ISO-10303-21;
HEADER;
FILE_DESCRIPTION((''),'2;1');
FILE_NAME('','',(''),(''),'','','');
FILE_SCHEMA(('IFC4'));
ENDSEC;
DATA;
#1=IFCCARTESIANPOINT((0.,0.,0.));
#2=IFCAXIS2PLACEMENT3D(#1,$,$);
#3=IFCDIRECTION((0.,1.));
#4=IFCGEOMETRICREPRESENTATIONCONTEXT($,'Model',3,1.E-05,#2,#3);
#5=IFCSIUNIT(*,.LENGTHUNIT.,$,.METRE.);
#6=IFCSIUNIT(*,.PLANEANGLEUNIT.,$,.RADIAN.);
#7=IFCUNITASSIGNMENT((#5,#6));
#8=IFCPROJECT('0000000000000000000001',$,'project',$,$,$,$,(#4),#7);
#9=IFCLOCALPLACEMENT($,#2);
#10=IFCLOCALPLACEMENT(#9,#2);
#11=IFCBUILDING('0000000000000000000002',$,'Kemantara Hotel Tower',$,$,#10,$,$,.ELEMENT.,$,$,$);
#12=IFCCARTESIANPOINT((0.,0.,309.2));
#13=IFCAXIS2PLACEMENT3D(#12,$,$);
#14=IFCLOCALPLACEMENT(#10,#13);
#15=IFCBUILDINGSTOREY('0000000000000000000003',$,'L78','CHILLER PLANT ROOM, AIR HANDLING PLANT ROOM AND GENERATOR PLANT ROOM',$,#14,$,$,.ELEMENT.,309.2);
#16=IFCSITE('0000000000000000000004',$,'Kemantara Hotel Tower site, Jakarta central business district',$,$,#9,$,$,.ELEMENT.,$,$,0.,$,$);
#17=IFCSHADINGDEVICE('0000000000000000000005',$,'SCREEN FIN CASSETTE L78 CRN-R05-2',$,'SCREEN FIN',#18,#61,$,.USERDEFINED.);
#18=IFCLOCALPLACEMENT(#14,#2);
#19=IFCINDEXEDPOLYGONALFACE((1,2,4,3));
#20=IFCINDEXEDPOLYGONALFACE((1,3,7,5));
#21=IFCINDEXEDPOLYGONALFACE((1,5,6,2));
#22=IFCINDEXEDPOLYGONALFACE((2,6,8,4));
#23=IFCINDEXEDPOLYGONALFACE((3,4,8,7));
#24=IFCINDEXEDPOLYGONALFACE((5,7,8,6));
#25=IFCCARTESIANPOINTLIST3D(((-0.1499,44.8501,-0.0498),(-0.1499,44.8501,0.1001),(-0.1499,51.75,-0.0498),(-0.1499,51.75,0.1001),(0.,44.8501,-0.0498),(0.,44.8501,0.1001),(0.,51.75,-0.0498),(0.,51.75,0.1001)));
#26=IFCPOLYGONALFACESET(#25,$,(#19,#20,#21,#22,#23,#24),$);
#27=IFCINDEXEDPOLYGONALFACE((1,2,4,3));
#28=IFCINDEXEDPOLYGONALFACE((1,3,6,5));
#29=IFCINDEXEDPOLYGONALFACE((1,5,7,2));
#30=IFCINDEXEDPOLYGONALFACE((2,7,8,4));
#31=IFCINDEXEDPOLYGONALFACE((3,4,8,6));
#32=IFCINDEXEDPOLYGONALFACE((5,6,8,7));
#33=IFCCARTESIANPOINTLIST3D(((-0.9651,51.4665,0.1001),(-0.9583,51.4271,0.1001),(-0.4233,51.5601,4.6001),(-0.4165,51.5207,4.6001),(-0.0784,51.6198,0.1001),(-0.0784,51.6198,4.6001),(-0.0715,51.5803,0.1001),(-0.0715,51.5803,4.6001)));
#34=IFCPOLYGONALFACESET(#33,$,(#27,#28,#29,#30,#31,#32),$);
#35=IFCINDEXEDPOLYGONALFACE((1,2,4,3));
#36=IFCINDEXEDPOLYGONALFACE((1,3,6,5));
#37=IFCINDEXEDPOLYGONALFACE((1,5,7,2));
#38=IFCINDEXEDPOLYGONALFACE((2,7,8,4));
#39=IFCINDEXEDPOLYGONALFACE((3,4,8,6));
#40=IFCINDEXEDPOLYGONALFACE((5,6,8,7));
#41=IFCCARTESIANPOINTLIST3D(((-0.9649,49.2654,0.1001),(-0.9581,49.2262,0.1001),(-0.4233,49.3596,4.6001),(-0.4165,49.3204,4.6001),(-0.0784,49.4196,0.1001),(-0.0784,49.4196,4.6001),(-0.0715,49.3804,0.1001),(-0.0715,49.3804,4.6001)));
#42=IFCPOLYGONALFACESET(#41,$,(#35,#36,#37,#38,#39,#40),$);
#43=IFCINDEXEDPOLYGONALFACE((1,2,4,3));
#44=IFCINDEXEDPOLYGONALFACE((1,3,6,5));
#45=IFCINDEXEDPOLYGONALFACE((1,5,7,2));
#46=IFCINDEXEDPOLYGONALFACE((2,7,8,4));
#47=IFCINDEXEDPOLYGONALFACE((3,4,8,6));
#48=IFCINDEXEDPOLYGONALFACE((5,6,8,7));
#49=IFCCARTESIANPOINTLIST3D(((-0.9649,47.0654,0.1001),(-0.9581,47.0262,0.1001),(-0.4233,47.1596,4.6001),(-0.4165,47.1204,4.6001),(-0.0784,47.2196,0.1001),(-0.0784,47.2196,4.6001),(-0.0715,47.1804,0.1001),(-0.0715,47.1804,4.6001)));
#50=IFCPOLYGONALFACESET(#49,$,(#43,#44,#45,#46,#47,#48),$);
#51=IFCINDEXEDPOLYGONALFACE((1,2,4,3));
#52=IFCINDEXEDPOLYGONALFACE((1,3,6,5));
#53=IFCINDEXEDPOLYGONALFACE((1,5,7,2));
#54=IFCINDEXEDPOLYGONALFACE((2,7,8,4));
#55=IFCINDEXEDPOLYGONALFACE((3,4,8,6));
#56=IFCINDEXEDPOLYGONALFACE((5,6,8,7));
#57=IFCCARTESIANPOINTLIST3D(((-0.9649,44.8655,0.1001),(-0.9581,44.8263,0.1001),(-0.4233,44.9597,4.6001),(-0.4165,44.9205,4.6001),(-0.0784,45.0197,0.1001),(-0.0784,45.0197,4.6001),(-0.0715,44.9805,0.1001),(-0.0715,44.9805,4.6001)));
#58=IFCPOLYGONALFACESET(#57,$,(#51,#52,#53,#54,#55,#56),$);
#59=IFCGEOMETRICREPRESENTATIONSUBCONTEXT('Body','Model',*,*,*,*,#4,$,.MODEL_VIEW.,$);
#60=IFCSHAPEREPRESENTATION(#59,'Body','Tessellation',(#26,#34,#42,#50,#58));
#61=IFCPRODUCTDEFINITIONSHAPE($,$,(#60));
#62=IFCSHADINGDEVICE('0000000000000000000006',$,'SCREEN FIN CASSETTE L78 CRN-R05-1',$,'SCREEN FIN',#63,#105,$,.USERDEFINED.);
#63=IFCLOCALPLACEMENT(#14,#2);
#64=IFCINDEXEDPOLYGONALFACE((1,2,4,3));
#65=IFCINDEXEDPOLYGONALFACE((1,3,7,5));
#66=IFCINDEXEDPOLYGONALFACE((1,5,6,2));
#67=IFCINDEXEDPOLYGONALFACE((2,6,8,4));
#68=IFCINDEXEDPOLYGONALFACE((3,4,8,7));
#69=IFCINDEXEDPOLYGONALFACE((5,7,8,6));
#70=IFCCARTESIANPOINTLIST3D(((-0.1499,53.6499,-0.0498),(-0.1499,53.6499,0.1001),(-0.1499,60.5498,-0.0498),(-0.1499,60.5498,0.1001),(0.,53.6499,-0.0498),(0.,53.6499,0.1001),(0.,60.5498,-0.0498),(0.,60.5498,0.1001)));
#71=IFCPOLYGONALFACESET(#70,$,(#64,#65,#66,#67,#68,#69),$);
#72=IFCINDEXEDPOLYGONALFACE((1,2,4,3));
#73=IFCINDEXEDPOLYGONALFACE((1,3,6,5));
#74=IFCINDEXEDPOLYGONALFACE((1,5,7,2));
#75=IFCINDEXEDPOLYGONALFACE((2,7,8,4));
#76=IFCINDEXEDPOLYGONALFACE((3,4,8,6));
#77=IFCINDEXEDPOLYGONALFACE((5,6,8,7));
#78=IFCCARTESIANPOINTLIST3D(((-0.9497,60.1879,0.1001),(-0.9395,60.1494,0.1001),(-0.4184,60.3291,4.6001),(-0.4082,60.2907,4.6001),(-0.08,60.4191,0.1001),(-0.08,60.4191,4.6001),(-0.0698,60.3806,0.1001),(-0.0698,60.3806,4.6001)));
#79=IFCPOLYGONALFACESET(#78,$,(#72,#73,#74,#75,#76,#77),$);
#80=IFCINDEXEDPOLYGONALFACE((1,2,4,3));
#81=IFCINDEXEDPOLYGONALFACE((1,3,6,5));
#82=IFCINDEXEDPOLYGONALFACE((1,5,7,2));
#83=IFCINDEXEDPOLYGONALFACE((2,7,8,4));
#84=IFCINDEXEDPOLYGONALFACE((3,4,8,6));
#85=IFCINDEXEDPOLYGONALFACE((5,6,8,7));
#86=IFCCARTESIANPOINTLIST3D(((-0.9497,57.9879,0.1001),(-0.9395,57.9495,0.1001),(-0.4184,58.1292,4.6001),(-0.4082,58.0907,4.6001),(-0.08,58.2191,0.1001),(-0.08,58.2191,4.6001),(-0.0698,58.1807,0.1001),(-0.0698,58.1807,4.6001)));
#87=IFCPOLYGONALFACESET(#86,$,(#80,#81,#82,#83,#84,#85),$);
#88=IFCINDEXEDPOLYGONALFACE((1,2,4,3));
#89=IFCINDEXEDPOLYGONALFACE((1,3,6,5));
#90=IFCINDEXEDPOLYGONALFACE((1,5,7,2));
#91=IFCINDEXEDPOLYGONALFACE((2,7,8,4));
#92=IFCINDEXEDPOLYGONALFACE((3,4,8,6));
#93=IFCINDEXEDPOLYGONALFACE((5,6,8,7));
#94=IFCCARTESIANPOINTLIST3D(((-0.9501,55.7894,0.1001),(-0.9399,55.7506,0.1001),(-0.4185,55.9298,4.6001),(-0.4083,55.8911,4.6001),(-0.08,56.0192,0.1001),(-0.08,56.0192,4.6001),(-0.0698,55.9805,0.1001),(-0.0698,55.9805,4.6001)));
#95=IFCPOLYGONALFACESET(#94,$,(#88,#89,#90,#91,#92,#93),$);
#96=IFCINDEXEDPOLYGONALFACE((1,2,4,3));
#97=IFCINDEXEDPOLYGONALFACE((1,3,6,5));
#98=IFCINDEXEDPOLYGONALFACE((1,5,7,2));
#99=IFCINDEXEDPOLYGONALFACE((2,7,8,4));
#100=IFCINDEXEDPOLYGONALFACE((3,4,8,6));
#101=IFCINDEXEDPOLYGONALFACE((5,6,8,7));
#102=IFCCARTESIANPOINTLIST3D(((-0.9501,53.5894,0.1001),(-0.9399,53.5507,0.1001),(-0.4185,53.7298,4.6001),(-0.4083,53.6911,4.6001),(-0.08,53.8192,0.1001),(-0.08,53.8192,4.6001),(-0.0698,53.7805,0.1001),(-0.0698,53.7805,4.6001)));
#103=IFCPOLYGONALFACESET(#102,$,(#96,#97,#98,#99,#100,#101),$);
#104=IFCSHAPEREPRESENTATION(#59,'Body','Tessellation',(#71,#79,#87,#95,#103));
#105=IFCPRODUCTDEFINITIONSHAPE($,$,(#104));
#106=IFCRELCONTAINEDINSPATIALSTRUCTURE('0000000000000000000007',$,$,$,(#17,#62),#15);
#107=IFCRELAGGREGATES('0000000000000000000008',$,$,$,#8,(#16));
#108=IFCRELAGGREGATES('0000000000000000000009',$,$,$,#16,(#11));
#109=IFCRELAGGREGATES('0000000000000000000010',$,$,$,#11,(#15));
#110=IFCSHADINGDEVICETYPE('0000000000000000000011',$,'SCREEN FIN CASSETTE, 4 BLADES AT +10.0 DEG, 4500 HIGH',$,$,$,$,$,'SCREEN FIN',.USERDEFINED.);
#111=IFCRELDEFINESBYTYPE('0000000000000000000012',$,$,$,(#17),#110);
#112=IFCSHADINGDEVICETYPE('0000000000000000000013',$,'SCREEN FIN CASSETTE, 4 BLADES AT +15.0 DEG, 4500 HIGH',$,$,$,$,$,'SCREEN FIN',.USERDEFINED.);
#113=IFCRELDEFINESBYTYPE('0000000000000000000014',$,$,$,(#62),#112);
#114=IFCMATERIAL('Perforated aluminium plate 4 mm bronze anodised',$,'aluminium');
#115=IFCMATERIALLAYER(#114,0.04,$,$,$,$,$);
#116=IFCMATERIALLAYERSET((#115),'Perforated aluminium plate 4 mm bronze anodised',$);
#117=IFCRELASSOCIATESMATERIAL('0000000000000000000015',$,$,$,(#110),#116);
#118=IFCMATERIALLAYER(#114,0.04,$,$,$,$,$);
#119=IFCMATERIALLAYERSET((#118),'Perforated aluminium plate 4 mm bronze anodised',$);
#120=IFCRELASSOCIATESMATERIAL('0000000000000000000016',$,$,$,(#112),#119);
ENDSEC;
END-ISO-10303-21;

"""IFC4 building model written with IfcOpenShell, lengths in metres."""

from ifc_helpers import new_model, si_unit, direction, frame, origin, origin_2d, place, context, subcontext, project, spatial, polyline, rectangle, outline, extrude, source, transform, mapped, material, layer, layer_set, type_object, element, save


model = new_model("IFC4")

# Units and contexts
model_context = context("Model", 3, precision=1e-05, world=origin(), true_north=direction((0.0, 1.0)))
body_context = subcontext(model_context, "Body", "Model", "MODEL_VIEW")
ifc_project = project(units=[si_unit("LENGTHUNIT", "METRE"), si_unit("PLANEANGLEUNIT", "RADIAN")], contexts=[model_context])

# Site, building, storey
site_placement = place(None, origin())
site = spatial("IfcSite", under=ifc_project, at=site_placement, Name="Kemantara Hotel Tower site, Jakarta central business district", CompositionType="ELEMENT", RefElevation=0.0)
building_placement = place(site_placement, origin())
building = spatial("IfcBuilding", under=site, at=building_placement, Name="Kemantara Hotel Tower", CompositionType="ELEMENT")
storey_placement = place(building_placement, frame((0.0, 0.0, 309.2)))
storey = spatial("IfcBuildingStorey", under=building, at=storey_placement, Name="L78", Description="CHILLER PLANT ROOM, AIR HANDLING PLANT ROOM AND GENERATOR PLANT ROOM", CompositionType="ELEMENT", Elevation=309.2)

# Shading devices
ifc_material_1 = material(Name="Perforated aluminium plate 4 mm bronze anodised", Category="aluminium")
ifc_layer_1 = layer(ifc_material_1, 0.04)
ifc_layer_set_1 = layer_set([ifc_layer_1], Name="Perforated aluminium plate 4 mm bronze anodised")
shading_device_type_1 = type_object("IfcShadingDeviceType", Name="SCREEN FIN CASSETTE, 4 BLADES AT +10.0 DEG, 4500 HIGH", ElementType="SCREEN FIN", PredefinedType="USERDEFINED", material=ifc_layer_set_1)
shared_shape_1 = source(origin(), body_context, "Body", "SweptSolid", [
    extrude(rectangle(XDim=6.8999, YDim=0.1499, at=origin_2d()), frame((3.3, -0.075, -0.1499), z_axis=(0.0, 0.0, 1.0), x_axis=(1.0, 0.0, 0.0)), (0.0, 0.0, 1.0), 0.1499),
    extrude(outline(polyline([(0.0, 0.0), (0.8999, 0.0), (0.3501, 4.5), (0.0, 4.5), (0.0, 0.0)])), frame((0.0198, -0.0715, 0.0), z_axis=(-0.98539, -0.170314, 0.0), x_axis=(0.170314, -0.98539, 0.0)), (0.0, 0.0, 1.0), 0.04),
    extrude(outline(polyline([(0.0, 0.0), (0.8999, 0.0), (0.3501, 4.5), (0.0, 4.5), (0.0, 0.0)])), frame((2.2197, -0.0715, 0.0), z_axis=(-0.985212, -0.171341, 0.0), x_axis=(0.171341, -0.985212, 0.0)), (0.0, 0.0, 1.0), 0.0398),
    extrude(outline(polyline([(0.0, 0.0), (0.8999, 0.0), (0.3501, 4.5), (0.0, 4.5), (0.0, 0.0)])), frame((4.4197, -0.0715, 0.0), z_axis=(-0.985212, -0.171341, 0.0), x_axis=(0.171341, -0.985212, 0.0)), (0.0, 0.0, 1.0), 0.0398),
    extrude(outline(polyline([(0.0, 0.0), (0.8999, 0.0), (0.3501, 4.5), (0.0, 4.5), (0.0, 0.0)])), frame((6.6196, -0.0715, 0.0), z_axis=(-0.985212, -0.171341, 0.0), x_axis=(0.171341, -0.985212, 0.0)), (0.0, 0.0, 1.0), 0.0398),
])
shading_device_1_placement = place(storey_placement, frame((0.0, 51.6001, 0.1001), z_axis=(0.0, 0.0, 1.0), x_axis=(0.0, -1.0, 0.0)))
element("IfcShadingDevice", 1, at=shading_device_1_placement, inside=storey, type_object=shading_device_type_1, Name="SCREEN FIN CASSETTE L78 CRN-R05-2", ObjectType="SCREEN FIN", PredefinedType="USERDEFINED", context=body_context, shape_type="MappedRepresentation", body=[
    mapped(shared_shape_1, transform((0.0, 0.0, 0.0))),
])
ifc_layer_2 = layer(ifc_material_1, 0.04)
ifc_layer_set_2 = layer_set([ifc_layer_2], Name="Perforated aluminium plate 4 mm bronze anodised")
shading_device_type_2 = type_object("IfcShadingDeviceType", Name="SCREEN FIN CASSETTE, 4 BLADES AT +15.0 DEG, 4500 HIGH", ElementType="SCREEN FIN", PredefinedType="USERDEFINED", material=ifc_layer_set_2)
shared_shape_2 = source(origin(), body_context, "Body", "SweptSolid", [
    extrude(rectangle(XDim=6.8999, YDim=0.1499, at=origin_2d()), frame((3.3, -0.075, -0.1499), z_axis=(0.0, 0.0, 1.0), x_axis=(1.0, 0.0, 0.0)), (0.0, 0.0, 1.0), 0.1499),
    extrude(outline(polyline([(0.0, 0.0), (0.8999, 0.0), (0.3501, 4.5), (0.0, 4.5), (0.0, 0.0)])), frame((0.0193, -0.0698, 0.0), z_axis=(-0.966438, -0.256901, 0.0), x_axis=(0.256901, -0.966438, 0.0)), (0.0, 0.0, 1.0), 0.0398),
    extrude(outline(polyline([(0.0, 0.0), (0.8999, 0.0), (0.3501, 4.5), (0.0, 4.5), (0.0, 0.0)])), frame((2.2192, -0.0698, 0.0), z_axis=(-0.966438, -0.256901, 0.0), x_axis=(0.256901, -0.966438, 0.0)), (0.0, 0.0, 1.0), 0.0398),
    extrude(outline(polyline([(0.0, 0.0), (0.8999, 0.0), (0.3501, 4.5), (0.0, 4.5), (0.0, 0.0)])), frame((4.4194, -0.0698, 0.0), z_axis=(-0.966838, -0.255391, 0.0), x_axis=(0.255391, -0.966838, 0.0)), (0.0, 0.0, 1.0), 0.04),
    extrude(outline(polyline([(0.0, 0.0), (0.8999, 0.0), (0.3501, 4.5), (0.0, 4.5), (0.0, 0.0)])), frame((6.6194, -0.0698, 0.0), z_axis=(-0.966838, -0.255391, 0.0), x_axis=(0.255391, -0.966838, 0.0)), (0.0, 0.0, 1.0), 0.04),
])
shading_device_2_placement = place(storey_placement, frame((0.0, 60.3999, 0.1001), z_axis=(0.0, 0.0, 1.0), x_axis=(0.0, -1.0, 0.0)))
element("IfcShadingDevice", 2, at=shading_device_2_placement, inside=storey, type_object=shading_device_type_2, Name="SCREEN FIN CASSETTE L78 CRN-R05-1", ObjectType="SCREEN FIN", PredefinedType="USERDEFINED", context=body_context, shape_type="MappedRepresentation", body=[
    mapped(shared_shape_2, transform((0.0, 0.0, 0.0))),
])

save(model, "model.ifc")
